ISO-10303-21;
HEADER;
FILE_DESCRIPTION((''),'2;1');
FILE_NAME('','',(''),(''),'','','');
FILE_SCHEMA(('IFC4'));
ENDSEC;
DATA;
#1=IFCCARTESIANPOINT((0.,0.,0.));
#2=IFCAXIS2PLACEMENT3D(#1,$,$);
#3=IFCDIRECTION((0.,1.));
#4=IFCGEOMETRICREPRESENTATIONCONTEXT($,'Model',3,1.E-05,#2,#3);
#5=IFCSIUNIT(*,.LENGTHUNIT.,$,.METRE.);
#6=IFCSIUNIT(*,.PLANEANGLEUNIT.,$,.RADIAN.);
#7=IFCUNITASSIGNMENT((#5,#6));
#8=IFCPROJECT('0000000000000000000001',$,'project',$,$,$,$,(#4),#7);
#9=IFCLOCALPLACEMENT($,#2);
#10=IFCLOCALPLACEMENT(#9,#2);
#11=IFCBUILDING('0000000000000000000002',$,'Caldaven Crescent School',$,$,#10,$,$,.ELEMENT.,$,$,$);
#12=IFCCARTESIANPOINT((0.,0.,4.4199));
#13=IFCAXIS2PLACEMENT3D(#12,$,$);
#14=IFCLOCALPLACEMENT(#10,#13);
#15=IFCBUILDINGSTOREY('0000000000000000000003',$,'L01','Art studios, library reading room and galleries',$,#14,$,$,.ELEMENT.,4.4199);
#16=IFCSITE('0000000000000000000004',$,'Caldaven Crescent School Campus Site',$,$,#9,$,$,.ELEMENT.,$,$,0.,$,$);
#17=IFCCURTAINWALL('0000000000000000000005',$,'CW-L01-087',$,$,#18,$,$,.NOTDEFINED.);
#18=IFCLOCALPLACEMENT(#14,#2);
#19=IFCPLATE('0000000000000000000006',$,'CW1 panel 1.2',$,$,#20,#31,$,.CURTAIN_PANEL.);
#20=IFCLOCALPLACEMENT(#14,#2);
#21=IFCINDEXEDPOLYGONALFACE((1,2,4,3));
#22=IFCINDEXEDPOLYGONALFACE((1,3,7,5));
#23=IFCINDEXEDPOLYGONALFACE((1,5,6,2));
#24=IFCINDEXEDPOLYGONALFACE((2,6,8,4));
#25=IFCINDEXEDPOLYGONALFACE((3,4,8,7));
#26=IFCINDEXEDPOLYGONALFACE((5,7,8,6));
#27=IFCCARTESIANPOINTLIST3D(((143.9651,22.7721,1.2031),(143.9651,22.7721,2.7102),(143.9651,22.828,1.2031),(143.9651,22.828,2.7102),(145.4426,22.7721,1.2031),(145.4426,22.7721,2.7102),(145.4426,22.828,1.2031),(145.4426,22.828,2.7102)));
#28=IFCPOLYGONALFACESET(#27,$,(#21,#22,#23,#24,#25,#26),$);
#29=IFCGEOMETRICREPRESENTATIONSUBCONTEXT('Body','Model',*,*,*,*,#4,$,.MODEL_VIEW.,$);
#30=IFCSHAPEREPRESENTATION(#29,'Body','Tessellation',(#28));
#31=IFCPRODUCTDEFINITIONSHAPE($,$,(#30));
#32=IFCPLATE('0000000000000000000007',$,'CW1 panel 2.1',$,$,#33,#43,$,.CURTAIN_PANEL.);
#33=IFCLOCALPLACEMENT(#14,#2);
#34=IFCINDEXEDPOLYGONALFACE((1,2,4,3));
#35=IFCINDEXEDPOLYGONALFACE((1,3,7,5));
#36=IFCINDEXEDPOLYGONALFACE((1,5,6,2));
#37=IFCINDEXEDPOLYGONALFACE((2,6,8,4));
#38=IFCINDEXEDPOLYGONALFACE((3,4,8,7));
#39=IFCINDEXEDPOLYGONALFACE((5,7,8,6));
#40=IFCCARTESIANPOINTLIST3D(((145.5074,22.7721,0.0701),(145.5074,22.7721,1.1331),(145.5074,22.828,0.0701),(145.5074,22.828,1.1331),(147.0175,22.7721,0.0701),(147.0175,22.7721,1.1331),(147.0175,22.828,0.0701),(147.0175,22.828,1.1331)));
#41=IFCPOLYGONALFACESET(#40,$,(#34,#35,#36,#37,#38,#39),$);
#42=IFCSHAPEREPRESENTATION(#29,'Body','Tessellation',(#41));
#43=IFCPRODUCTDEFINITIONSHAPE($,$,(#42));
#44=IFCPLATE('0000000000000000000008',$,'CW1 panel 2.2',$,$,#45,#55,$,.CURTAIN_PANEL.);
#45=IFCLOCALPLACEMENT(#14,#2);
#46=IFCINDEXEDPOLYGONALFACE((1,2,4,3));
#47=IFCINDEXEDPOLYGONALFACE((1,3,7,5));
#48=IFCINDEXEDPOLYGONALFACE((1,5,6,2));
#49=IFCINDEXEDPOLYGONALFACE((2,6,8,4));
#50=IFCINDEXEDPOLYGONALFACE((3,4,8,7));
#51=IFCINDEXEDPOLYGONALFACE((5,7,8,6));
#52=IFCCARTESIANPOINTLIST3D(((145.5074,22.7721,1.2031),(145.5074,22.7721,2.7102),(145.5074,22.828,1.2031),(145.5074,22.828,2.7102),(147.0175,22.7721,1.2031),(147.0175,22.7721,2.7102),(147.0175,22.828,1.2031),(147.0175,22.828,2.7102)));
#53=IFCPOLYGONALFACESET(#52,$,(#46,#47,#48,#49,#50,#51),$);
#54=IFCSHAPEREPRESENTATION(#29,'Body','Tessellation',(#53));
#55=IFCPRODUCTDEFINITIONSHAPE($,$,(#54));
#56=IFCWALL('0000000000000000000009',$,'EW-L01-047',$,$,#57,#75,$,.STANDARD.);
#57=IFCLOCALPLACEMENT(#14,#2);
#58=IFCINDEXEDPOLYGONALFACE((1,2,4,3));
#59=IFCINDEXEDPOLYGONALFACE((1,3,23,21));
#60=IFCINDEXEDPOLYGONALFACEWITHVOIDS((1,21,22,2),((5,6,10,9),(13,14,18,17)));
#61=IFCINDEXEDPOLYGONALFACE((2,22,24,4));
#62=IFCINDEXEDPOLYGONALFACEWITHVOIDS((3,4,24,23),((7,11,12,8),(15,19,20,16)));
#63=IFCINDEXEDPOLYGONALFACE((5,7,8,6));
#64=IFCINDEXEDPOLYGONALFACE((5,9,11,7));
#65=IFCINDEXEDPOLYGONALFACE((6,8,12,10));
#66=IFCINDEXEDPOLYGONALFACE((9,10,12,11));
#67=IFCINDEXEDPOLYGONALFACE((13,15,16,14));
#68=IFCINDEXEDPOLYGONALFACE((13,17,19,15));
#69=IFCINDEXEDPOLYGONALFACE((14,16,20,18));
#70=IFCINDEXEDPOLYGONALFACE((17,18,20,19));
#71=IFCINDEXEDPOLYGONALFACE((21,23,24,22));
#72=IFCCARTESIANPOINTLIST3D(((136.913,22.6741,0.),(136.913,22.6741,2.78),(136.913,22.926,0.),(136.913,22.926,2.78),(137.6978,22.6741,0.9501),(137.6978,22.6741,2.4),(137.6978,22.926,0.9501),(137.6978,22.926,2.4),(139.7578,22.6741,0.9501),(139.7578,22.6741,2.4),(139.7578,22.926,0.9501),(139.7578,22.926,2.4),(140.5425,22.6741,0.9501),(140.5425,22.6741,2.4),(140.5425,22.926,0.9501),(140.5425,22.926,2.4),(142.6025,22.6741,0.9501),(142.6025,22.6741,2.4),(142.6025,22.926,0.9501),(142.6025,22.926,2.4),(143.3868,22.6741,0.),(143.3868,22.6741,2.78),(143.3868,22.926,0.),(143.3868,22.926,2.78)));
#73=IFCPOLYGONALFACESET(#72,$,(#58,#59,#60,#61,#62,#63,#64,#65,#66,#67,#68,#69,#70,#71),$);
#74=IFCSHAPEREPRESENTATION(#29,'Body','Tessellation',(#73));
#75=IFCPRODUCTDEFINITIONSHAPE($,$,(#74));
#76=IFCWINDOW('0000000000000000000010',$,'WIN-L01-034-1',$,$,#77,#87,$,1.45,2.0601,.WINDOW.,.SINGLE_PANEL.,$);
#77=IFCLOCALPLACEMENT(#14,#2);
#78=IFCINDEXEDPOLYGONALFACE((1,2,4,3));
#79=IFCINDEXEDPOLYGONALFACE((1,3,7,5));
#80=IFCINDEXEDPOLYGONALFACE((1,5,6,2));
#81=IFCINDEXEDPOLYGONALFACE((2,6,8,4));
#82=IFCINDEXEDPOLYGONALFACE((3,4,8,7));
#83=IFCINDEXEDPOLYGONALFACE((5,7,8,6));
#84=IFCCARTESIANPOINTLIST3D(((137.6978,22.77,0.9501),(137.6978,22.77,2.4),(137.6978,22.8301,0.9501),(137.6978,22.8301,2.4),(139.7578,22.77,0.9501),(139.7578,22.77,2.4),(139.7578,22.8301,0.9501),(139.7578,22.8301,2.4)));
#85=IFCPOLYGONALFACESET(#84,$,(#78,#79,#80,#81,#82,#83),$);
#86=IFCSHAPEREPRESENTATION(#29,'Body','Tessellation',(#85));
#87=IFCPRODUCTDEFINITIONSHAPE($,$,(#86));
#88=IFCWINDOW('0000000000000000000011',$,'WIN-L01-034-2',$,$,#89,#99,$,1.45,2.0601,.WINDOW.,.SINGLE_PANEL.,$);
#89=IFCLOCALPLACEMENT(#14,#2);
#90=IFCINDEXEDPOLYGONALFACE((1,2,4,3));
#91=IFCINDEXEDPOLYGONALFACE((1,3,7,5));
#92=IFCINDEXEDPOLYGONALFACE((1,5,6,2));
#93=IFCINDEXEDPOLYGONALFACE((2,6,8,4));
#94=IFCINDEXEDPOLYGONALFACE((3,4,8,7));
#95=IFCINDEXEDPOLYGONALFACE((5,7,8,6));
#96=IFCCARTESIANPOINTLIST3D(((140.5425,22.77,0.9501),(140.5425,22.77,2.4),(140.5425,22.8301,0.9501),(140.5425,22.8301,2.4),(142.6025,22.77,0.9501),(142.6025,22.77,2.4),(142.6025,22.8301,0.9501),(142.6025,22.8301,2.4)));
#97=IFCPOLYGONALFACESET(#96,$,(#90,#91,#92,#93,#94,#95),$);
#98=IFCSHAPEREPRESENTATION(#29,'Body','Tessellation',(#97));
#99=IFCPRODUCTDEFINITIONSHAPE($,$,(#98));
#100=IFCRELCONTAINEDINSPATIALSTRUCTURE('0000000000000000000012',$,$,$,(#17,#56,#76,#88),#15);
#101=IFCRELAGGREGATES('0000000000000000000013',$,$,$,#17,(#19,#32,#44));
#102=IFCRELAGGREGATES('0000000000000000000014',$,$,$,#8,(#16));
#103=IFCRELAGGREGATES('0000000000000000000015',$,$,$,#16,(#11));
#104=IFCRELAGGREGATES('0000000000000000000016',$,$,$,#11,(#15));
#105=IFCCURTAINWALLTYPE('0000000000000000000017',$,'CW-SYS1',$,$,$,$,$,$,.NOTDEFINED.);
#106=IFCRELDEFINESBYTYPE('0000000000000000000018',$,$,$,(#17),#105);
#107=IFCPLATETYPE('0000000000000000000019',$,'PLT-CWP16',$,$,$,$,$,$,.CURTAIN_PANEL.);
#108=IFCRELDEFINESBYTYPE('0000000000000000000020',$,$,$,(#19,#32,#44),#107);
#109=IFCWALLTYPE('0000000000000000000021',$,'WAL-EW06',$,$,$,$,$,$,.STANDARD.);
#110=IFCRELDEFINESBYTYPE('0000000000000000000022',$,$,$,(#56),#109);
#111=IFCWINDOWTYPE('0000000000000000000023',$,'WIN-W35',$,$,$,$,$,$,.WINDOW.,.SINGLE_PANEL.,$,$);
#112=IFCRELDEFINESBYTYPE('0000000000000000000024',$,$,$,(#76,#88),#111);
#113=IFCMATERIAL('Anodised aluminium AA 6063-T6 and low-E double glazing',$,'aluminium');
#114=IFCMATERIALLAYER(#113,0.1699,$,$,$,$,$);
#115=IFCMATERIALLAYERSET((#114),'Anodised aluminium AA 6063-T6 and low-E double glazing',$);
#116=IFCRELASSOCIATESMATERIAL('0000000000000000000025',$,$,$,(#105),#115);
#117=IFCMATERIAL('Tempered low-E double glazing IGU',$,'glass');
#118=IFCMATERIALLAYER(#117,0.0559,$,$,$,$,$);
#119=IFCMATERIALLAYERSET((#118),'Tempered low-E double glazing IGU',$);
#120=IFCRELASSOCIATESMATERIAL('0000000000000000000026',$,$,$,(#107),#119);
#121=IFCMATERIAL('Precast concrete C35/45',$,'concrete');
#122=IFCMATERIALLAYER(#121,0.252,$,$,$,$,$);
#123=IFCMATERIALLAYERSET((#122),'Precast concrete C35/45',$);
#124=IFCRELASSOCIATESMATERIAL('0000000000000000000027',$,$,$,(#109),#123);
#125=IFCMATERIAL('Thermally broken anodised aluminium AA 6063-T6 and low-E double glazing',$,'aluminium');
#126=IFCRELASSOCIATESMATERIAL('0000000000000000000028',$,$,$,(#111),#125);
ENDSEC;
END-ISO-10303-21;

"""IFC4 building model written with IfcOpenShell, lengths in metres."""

from ifc_helpers import new_model, si_unit, direction, frame, frame_2d, origin, origin_2d, place, context, subcontext, project, spatial, rectangle, extrude, material, layer, layer_set, type_object, element, fill, aggregate, save


model = new_model("IFC4")

# Units and contexts
model_context = context("Model", 3, precision=1e-05, world=origin(), true_north=direction((0.0, 1.0)))
body_context = subcontext(model_context, "Body", "Model", "MODEL_VIEW")
ifc_project = project(units=[si_unit("LENGTHUNIT", "METRE"), si_unit("PLANEANGLEUNIT", "RADIAN")], contexts=[model_context])

# Site, building, storey
site_placement = place(None, origin())
site = spatial("IfcSite", under=ifc_project, at=site_placement, Name="Caldaven Crescent School Campus Site", CompositionType="ELEMENT", RefElevation=0.0)
building_placement = place(site_placement, origin())
building = spatial("IfcBuilding", under=site, at=building_placement, Name="Caldaven Crescent School", CompositionType="ELEMENT")
storey_placement = place(building_placement, frame((0.0, 0.0, 4.4199)))
storey = spatial("IfcBuildingStorey", under=building, at=storey_placement, Name="L01", Description="Art studios, library reading room and galleries", CompositionType="ELEMENT", Elevation=4.4199)

# Curtain wall, plates
ifc_material_1 = material(Name="Anodised aluminium AA 6063-T6 and low-E double glazing", Category="aluminium")
ifc_layer_1 = layer(ifc_material_1, 0.1699)
ifc_layer_set_1 = layer_set([ifc_layer_1], Name="Anodised aluminium AA 6063-T6 and low-E double glazing")
curtain_wall_type = type_object("IfcCurtainWallType", Name="CW-SYS1", PredefinedType="NOTDEFINED", material=ifc_layer_set_1)
curtain_wall_placement = place(storey_placement, origin())
curtain_wall = element("IfcCurtainWall", 1, at=curtain_wall_placement, inside=storey, type_object=curtain_wall_type, Name="CW-L01-087", PredefinedType="NOTDEFINED")
ifc_material_2 = material(Name="Tempered low-E double glazing IGU", Category="glass")
ifc_layer_2 = layer(ifc_material_2, 0.0559)
ifc_layer_set_2 = layer_set([ifc_layer_2], Name="Tempered low-E double glazing IGU")
plate_type = type_object("IfcPlateType", Name="PLT-CWP16", PredefinedType="CURTAIN_PANEL", material=ifc_layer_set_2)
plate_1_placement = place(storey_placement, frame((144.7039, 22.8, 1.2031), z_axis=(0.0, 0.0, 1.0), x_axis=(1.0, 0.0, 0.0)))
plate_1 = element("IfcPlate", 2, at=plate_1_placement, type_object=plate_type, Name="CW1 panel 1.2", PredefinedType="CURTAIN_PANEL", context=body_context, shape_type="SweptSolid", body=[
    extrude(rectangle(XDim=1.4775, YDim=0.0559, at=origin_2d()), origin(), (0.0, 0.0, 1.0), 1.5071),
])
plate_2_placement = place(storey_placement, frame((146.2625, 22.8, 0.0701), z_axis=(0.0, 0.0, 1.0), x_axis=(1.0, 0.0, 0.0)))
plate_2 = element("IfcPlate", 3, at=plate_2_placement, type_object=plate_type, Name="CW1 panel 2.1", PredefinedType="CURTAIN_PANEL", context=body_context, shape_type="SweptSolid", body=[
    extrude(rectangle(XDim=1.51, YDim=0.0559, at=origin_2d()), origin(), (0.0, 0.0, 1.0), 1.063),
])
plate_3_placement = place(storey_placement, frame((146.2625, 22.8, 1.2031), z_axis=(0.0, 0.0, 1.0), x_axis=(1.0, 0.0, 0.0)))
plate_3 = element("IfcPlate", 4, at=plate_3_placement, type_object=plate_type, Name="CW1 panel 2.2", PredefinedType="CURTAIN_PANEL", context=body_context, shape_type="SweptSolid", body=[
    extrude(rectangle(XDim=1.51, YDim=0.0559, at=origin_2d()), origin(), (0.0, 0.0, 1.0), 1.5071),
])
aggregate(curtain_wall, [plate_1, plate_2, plate_3])

# Wall, openings, windows
ifc_material_3 = material(Name="Precast concrete C35/45", Category="concrete")
ifc_layer_3 = layer(ifc_material_3, 0.252)
ifc_layer_set_3 = layer_set([ifc_layer_3], Name="Precast concrete C35/45")
wall_type = type_object("IfcWallType", Name="WAL-EW06", PredefinedType="STANDARD", material=ifc_layer_set_3)
wall_placement = place(storey_placement, frame((136.9131, 22.8, 0.0), z_axis=(0.0, 0.0, 1.0), x_axis=(1.0, 0.0, 0.0)))
wall = element("IfcWall", 5, at=wall_placement, inside=storey, type_object=wall_type, Name="EW-L01-047", PredefinedType="STANDARD", context=body_context, shape_type="SweptSolid", body=[
    extrude(rectangle(XDim=6.4739, YDim=0.252, at=frame_2d((3.2368, 0.0))), origin(), (0.0, 0.0, 1.0), 2.78),
])
opening_1_placement = place(wall_placement, frame((0.7847, 0.0, 0.95)))
opening_1 = element("IfcOpeningElement", 6, at=opening_1_placement, cuts=wall, PredefinedType="OPENING", context=body_context, shape_type="SweptSolid", body=[
    extrude(rectangle(XDim=2.0601, YDim=1.45, at=frame_2d((1.03, 0.7251))), frame((0.0, 0.136, 0.0), z_axis=(0.0, -1.0, 0.0), x_axis=(1.0, 0.0, 0.0)), (0.0, 0.0, 1.0), 0.272),
])
opening_2_placement = place(wall_placement, frame((3.6294, 0.0, 0.95)))
opening_2 = element("IfcOpeningElement", 7, at=opening_2_placement, cuts=wall, PredefinedType="OPENING", context=body_context, shape_type="SweptSolid", body=[
    extrude(rectangle(XDim=2.0601, YDim=1.45, at=frame_2d((1.03, 0.7251))), frame((0.0, 0.136, 0.0), z_axis=(0.0, -1.0, 0.0), x_axis=(1.0, 0.0, 0.0)), (0.0, 0.0, 1.0), 0.272),
])
ifc_material_4 = material(Name="Thermally broken anodised aluminium AA 6063-T6 and low-E double glazing", Category="aluminium")
window_type = type_object("IfcWindowType", Name="WIN-W35", PartitioningType="SINGLE_PANEL", PredefinedType="WINDOW", material=ifc_material_4)
window_1_placement = place(opening_1_placement, origin())
window_1 = element("IfcWindow", 8, at=window_1_placement, inside=storey, type_object=window_type, Name="WIN-L01-034-1", OverallHeight=1.45, OverallWidth=2.0601, PartitioningType="SINGLE_PANEL", PredefinedType="WINDOW", context=body_context, shape_type="SweptSolid", body=[
    extrude(rectangle(XDim=2.0601, YDim=1.45, at=frame_2d((1.03, 0.7251))), frame((0.0, 0.03, 0.0), z_axis=(0.0, -1.0, 0.0), x_axis=(1.0, 0.0, 0.0)), (0.0, 0.0, 1.0), 0.0601),
])
fill(opening_1, window_1)
window_2_placement = place(opening_2_placement, origin())
window_2 = element("IfcWindow", 9, at=window_2_placement, inside=storey, type_object=window_type, Name="WIN-L01-034-2", OverallHeight=1.45, OverallWidth=2.0601, PartitioningType="SINGLE_PANEL", PredefinedType="WINDOW", context=body_context, shape_type="SweptSolid", body=[
    extrude(rectangle(XDim=2.0601, YDim=1.45, at=frame_2d((1.03, 0.7251))), frame((0.0, 0.03, 0.0), z_axis=(0.0, -1.0, 0.0), x_axis=(1.0, 0.0, 0.0)), (0.0, 0.0, 1.0), 0.0601),
])
fill(opening_2, window_2)

save(model, "model.ifc")
